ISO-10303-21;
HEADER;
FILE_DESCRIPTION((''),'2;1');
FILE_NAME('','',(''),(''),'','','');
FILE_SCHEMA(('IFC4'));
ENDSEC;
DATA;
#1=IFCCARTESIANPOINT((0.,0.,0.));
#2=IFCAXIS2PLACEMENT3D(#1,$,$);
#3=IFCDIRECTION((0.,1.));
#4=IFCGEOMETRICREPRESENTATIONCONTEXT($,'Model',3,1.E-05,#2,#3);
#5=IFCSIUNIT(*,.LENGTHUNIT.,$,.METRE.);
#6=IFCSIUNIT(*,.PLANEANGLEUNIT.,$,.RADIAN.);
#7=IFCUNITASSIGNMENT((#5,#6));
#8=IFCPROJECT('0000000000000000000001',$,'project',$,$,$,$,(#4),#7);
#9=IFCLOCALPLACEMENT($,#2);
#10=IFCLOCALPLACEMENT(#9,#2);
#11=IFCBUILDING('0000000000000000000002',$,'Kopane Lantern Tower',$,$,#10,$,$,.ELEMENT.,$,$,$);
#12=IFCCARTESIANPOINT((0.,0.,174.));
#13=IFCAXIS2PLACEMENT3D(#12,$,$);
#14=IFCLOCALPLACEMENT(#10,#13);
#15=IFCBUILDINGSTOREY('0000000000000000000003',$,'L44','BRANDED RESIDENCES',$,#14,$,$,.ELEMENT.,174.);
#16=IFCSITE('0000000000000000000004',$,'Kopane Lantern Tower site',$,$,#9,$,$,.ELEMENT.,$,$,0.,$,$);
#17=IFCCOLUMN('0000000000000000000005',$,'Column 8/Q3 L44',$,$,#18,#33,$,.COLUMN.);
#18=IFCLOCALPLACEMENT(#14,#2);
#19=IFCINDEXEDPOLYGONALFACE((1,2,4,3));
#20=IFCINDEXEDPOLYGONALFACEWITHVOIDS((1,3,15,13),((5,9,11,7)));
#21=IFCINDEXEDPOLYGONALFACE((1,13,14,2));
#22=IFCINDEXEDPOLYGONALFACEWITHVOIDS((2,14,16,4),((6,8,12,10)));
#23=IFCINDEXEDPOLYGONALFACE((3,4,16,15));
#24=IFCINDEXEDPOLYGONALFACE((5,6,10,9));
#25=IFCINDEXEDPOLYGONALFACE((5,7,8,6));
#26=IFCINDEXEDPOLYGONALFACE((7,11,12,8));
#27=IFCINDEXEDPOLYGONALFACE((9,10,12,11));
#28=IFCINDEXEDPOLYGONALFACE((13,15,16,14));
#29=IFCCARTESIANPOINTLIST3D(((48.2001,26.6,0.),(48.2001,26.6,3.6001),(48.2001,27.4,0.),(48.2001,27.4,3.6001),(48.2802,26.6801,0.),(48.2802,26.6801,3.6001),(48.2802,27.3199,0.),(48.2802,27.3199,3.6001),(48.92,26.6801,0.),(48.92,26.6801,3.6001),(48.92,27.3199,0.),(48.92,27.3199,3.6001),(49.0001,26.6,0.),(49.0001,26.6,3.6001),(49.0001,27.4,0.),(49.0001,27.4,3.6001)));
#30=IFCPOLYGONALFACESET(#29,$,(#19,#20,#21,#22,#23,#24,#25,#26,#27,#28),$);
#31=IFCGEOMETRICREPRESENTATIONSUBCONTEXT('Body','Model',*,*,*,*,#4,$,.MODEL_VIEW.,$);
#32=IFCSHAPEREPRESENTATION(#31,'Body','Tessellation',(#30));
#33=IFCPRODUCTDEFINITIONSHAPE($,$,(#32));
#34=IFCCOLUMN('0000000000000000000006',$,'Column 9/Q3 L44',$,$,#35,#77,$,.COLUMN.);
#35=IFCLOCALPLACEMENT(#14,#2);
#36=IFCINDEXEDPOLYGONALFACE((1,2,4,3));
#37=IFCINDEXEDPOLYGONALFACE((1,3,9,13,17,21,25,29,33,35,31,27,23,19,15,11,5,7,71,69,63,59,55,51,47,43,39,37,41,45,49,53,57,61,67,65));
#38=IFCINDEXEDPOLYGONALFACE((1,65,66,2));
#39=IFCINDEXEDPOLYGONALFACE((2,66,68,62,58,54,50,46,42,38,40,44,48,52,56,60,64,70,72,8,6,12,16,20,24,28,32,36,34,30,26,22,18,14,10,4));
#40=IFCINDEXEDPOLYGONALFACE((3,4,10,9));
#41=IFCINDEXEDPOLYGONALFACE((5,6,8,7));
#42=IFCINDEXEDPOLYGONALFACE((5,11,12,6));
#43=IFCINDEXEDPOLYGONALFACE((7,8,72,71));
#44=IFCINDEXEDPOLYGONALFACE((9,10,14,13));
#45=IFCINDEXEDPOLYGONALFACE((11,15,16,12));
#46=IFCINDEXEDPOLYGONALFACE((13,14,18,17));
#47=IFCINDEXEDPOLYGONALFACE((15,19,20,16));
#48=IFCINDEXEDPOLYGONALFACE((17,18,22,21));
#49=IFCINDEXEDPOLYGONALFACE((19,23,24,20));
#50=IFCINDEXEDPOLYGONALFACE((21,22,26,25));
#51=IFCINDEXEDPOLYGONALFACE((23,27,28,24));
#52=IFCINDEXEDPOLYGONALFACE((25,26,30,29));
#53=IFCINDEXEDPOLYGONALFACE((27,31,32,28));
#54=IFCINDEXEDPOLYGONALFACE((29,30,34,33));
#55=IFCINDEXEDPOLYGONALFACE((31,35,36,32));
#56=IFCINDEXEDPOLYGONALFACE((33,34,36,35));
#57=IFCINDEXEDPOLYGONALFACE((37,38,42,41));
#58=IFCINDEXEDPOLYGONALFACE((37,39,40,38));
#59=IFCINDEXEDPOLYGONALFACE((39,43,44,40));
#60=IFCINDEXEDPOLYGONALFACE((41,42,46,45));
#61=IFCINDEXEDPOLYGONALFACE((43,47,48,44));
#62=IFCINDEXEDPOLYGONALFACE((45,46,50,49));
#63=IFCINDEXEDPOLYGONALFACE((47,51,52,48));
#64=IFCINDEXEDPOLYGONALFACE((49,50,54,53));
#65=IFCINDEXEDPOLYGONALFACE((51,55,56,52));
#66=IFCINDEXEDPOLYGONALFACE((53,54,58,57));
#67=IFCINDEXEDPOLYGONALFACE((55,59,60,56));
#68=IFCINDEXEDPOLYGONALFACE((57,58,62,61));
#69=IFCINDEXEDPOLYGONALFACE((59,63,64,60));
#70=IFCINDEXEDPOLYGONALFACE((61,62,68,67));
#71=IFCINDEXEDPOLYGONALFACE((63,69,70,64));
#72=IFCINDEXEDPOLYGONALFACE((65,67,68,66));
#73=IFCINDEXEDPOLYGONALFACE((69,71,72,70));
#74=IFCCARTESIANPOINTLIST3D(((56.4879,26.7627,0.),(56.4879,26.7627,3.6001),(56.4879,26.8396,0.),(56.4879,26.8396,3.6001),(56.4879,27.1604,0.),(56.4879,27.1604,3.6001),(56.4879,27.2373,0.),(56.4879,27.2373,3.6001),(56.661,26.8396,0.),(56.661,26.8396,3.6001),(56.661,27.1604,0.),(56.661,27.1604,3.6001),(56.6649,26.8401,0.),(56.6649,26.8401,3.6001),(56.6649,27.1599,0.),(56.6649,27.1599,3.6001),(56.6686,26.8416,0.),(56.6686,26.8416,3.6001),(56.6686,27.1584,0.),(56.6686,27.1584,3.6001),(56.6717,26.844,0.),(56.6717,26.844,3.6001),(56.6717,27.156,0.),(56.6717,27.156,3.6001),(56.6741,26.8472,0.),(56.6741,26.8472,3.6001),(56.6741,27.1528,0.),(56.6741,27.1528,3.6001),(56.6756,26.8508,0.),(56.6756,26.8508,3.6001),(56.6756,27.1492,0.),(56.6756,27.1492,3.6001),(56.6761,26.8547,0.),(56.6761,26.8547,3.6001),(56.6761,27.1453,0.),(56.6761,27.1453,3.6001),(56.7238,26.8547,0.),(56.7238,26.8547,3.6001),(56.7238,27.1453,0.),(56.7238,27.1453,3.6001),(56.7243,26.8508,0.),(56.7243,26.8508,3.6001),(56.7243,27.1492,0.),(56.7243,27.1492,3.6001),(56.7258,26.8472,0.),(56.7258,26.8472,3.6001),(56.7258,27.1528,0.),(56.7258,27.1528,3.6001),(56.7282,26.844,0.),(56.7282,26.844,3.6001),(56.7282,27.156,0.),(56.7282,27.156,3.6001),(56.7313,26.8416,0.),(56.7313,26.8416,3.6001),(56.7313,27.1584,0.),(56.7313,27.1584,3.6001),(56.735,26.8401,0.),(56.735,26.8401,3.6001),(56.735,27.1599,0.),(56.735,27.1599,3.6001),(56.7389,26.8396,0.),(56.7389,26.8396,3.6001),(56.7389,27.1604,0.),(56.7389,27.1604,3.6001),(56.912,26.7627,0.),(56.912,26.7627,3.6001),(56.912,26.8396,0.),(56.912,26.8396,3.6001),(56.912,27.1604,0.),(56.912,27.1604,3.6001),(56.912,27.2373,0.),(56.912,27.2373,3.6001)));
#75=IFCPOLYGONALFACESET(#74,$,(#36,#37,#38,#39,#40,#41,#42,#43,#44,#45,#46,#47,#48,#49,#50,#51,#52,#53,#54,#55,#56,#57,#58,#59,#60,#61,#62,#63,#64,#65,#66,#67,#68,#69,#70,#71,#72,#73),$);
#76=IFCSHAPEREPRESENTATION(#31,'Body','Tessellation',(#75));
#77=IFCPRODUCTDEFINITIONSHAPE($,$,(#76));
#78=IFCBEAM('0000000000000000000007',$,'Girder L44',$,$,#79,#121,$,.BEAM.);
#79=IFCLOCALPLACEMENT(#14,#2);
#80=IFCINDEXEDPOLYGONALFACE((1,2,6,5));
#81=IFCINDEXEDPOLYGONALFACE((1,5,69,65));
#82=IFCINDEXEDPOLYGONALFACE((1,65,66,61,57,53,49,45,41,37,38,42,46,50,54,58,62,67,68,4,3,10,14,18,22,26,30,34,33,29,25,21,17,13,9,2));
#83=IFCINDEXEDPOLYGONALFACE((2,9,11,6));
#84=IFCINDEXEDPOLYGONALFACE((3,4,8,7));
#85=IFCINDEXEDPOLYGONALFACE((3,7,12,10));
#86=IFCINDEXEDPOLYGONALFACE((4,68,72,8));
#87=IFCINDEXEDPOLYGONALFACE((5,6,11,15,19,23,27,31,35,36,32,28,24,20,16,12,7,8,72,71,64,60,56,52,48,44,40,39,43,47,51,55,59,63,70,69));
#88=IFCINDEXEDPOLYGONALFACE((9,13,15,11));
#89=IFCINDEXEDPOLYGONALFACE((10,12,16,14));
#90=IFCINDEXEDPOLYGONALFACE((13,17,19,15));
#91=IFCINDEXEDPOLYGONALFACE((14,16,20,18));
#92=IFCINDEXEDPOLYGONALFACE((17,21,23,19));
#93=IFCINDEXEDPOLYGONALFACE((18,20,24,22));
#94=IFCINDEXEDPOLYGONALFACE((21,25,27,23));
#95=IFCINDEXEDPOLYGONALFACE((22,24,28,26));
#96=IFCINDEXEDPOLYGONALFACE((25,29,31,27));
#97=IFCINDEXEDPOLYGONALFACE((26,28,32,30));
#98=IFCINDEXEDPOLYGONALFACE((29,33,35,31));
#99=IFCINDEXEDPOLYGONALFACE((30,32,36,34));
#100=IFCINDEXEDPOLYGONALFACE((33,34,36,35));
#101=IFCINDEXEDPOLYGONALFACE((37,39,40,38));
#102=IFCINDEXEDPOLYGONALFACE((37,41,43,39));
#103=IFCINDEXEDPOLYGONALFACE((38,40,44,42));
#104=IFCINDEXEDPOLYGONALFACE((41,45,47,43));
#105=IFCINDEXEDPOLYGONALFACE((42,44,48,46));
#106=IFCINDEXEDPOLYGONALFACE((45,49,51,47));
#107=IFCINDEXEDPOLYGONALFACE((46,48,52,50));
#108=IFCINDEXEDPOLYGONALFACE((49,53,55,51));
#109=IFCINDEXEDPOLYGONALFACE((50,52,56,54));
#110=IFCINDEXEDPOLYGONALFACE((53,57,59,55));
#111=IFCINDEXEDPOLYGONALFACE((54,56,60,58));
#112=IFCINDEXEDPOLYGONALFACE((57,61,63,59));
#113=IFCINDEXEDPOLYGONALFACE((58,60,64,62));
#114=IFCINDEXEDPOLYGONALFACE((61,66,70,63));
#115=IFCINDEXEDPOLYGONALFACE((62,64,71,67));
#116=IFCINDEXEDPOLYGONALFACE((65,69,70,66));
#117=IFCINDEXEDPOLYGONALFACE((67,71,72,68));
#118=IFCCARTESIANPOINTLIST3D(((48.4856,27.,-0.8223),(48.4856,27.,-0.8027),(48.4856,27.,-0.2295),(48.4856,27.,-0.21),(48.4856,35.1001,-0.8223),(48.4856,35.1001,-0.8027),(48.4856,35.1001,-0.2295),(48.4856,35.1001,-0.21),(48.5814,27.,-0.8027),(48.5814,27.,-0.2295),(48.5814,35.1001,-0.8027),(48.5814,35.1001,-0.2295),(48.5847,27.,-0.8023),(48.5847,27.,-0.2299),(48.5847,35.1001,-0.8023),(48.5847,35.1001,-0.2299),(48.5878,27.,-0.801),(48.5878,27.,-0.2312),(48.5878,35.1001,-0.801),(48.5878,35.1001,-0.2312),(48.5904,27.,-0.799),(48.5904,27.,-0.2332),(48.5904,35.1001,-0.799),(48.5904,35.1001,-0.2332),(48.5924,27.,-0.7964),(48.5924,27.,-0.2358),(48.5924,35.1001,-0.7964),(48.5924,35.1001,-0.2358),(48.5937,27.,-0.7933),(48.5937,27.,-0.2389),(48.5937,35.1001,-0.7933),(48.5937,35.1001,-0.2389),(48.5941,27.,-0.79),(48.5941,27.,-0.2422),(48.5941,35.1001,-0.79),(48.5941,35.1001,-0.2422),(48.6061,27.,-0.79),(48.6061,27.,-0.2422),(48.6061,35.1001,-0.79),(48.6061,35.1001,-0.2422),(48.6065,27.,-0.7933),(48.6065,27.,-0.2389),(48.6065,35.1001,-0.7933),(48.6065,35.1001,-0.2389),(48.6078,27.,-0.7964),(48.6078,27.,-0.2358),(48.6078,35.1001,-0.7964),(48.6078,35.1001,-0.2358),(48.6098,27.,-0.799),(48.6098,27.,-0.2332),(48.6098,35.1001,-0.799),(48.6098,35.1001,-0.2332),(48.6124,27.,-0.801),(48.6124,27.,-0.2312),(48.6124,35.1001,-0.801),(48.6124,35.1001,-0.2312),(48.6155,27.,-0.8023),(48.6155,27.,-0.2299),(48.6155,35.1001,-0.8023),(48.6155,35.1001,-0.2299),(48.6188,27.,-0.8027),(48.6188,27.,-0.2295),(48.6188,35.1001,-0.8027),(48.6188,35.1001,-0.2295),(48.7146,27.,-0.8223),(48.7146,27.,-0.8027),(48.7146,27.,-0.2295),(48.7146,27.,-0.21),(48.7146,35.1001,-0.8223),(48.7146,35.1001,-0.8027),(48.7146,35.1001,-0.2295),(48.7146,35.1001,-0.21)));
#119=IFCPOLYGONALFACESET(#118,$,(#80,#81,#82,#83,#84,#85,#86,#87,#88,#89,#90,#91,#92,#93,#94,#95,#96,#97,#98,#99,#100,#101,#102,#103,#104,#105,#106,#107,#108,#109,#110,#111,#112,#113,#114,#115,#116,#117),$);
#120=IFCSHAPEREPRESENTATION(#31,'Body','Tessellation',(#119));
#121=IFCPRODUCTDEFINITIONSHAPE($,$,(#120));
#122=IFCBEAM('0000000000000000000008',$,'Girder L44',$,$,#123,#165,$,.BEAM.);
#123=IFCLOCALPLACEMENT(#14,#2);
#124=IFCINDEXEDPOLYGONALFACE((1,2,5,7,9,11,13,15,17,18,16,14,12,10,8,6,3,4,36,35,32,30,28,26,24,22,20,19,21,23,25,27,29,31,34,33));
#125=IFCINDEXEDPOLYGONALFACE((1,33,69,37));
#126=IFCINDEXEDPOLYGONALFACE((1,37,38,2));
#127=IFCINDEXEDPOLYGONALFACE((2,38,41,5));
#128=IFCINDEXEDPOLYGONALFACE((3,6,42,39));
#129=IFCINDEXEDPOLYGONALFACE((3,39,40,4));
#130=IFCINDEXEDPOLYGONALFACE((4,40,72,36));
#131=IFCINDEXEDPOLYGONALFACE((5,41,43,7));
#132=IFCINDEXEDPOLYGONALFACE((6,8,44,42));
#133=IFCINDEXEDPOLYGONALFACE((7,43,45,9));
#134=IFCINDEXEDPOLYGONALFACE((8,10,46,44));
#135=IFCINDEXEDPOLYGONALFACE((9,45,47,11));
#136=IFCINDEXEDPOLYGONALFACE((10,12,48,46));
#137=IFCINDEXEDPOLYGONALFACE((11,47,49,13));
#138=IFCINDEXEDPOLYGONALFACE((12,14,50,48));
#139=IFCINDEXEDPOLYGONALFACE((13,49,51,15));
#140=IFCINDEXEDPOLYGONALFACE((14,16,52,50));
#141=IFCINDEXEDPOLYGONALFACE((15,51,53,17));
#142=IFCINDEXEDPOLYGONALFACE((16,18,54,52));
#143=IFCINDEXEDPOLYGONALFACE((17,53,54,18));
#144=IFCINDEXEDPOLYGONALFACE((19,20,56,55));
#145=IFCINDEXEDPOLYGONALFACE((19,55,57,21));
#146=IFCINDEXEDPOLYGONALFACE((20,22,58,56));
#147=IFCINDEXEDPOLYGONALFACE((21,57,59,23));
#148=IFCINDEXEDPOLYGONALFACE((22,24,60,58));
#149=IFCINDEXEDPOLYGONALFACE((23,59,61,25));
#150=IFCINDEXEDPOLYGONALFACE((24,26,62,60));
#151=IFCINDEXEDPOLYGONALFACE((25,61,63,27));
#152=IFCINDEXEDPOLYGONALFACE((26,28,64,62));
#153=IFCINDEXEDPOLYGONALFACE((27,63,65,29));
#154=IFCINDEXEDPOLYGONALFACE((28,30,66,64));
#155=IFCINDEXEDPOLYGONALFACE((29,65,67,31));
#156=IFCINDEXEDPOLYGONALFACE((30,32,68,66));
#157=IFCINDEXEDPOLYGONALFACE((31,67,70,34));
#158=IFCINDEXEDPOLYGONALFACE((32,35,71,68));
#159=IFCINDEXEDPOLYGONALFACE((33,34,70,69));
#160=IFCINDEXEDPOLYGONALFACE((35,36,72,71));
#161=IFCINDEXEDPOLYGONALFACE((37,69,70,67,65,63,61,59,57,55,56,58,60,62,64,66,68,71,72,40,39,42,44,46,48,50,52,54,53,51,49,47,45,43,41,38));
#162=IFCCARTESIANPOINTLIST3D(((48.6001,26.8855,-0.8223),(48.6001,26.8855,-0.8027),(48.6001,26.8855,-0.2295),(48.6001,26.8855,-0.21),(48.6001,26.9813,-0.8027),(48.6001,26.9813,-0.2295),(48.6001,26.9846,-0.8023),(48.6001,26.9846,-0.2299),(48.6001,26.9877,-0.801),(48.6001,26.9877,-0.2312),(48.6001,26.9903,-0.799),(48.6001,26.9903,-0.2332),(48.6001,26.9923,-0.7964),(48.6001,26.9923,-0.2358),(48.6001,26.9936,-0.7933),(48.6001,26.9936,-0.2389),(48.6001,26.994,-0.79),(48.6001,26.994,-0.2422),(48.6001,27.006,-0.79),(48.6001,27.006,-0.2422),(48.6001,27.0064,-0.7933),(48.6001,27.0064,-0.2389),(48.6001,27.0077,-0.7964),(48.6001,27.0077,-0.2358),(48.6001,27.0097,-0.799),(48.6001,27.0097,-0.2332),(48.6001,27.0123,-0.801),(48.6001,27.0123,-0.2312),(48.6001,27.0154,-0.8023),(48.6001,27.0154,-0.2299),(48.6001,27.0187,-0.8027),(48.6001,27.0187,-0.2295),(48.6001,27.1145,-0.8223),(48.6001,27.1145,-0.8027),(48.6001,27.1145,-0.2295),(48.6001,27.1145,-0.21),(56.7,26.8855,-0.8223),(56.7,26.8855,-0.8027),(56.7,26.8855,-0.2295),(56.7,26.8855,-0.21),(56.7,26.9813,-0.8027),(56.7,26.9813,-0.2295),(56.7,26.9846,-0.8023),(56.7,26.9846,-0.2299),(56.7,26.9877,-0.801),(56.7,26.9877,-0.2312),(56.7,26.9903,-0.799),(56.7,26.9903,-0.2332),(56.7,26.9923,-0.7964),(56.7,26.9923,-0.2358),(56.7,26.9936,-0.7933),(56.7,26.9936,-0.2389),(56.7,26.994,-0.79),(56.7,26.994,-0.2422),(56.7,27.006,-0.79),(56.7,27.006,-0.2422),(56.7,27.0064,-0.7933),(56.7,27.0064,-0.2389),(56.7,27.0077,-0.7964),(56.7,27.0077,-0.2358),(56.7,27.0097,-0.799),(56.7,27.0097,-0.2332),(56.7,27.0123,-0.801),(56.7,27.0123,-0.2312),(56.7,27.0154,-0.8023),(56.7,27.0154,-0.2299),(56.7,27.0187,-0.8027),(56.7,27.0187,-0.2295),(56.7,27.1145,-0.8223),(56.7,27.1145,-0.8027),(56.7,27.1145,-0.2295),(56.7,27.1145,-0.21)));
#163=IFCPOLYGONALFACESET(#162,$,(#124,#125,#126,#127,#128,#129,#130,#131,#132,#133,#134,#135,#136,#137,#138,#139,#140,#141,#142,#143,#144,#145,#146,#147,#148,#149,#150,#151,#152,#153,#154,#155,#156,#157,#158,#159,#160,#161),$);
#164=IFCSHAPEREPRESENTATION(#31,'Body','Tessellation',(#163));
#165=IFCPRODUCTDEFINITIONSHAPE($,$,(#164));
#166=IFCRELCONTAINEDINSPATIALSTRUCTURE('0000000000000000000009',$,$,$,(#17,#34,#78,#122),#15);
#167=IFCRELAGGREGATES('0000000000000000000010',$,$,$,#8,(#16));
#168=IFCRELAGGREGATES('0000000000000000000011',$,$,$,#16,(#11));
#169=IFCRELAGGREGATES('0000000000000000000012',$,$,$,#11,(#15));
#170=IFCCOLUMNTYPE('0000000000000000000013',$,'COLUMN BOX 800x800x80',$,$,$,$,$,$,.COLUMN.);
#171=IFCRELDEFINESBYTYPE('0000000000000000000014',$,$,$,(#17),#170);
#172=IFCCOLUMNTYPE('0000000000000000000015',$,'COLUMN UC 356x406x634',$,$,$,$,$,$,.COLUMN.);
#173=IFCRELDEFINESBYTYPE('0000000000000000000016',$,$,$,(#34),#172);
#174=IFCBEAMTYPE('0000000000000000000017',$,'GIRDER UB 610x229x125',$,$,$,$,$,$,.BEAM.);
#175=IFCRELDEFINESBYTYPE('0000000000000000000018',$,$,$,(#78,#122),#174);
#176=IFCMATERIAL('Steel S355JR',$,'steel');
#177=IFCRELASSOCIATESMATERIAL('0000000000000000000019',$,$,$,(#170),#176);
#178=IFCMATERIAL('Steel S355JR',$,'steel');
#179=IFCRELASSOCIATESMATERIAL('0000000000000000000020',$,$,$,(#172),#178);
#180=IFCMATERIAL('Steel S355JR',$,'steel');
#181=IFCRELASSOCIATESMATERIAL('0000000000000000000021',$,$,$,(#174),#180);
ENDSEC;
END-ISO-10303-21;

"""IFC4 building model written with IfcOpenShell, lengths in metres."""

from ifc_helpers import new_model, si_unit, direction, frame, origin, origin_2d, place, context, subcontext, project, spatial, hollow_rectangle, i_section, extrude, material, material_profile, profile_set, type_object, element, save


model = new_model("IFC4")

# Units and contexts
model_context = context("Model", 3, precision=1e-05, world=origin(), true_north=direction((0.0, 1.0)))
body_context = subcontext(model_context, "Body", "Model", "MODEL_VIEW")
ifc_project = project(units=[si_unit("LENGTHUNIT", "METRE"), si_unit("PLANEANGLEUNIT", "RADIAN")], contexts=[model_context])

# Site, building, storey
site_placement = place(None, origin())
site = spatial("IfcSite", under=ifc_project, at=site_placement, Name="Kopane Lantern Tower site", CompositionType="ELEMENT", RefElevation=0.0)
building_placement = place(site_placement, origin())
building = spatial("IfcBuilding", under=site, at=building_placement, Name="Kopane Lantern Tower", CompositionType="ELEMENT")
storey_placement = place(building_placement, frame((0.0, 0.0, 174.0)))
storey = spatial("IfcBuildingStorey", under=building, at=storey_placement, Name="L44", Description="BRANDED RESIDENCES", CompositionType="ELEMENT", Elevation=174.0)

# Columns
ifc_material_1 = material(Name="Steel S355JR", Category="steel")
ifc_material_profile_1 = material_profile(ifc_material_1, hollow_rectangle(XDim=0.8, YDim=0.8, WallThickness=0.0801, at=origin_2d()), Name="BOX 800x800x80")
ifc_profile_set_1 = profile_set([ifc_material_profile_1], Name="Steel S355JR")
column_type_1 = type_object("IfcColumnType", Name="COLUMN BOX 800x800x80", PredefinedType="COLUMN", material=ifc_profile_set_1)
column_1_placement = place(storey_placement, frame((48.6001, 27.0, 0.0), z_axis=(0.0, 0.0, 1.0), x_axis=(1.0, 0.0, 0.0)))
element("IfcColumn", 1, at=column_1_placement, inside=storey, type_object=column_type_1, Name="Column 8/Q3 L44", PredefinedType="COLUMN", context=body_context, shape_type="SweptSolid", body=[
    extrude(hollow_rectangle(XDim=0.8, YDim=0.8, WallThickness=0.0801, at=origin_2d()), origin(), (0.0, 0.0, 1.0), 3.6001),
])
ifc_material_2 = material(Name="Steel S355JR", Category="steel")
ifc_material_profile_2 = material_profile(ifc_material_2, i_section(OverallWidth=0.4241, OverallDepth=0.4746, WebThickness=0.0476, FlangeThickness=0.0769, FilletRadius=0.0151, at=origin_2d()), Name="UC 356x406x634")
ifc_profile_set_2 = profile_set([ifc_material_profile_2], Name="Steel S355JR")
column_type_2 = type_object("IfcColumnType", Name="COLUMN UC 356x406x634", PredefinedType="COLUMN", material=ifc_profile_set_2)
column_2_placement = place(storey_placement, frame((56.7, 27.0, 0.0), z_axis=(0.0, 0.0, 1.0), x_axis=(1.0, 0.0, 0.0)))
element("IfcColumn", 2, at=column_2_placement, inside=storey, type_object=column_type_2, Name="Column 9/Q3 L44", PredefinedType="COLUMN", context=body_context, shape_type="SweptSolid", body=[
    extrude(i_section(OverallWidth=0.4241, OverallDepth=0.4746, WebThickness=0.0476, FlangeThickness=0.0769, FilletRadius=0.0151, at=origin_2d()), origin(), (0.0, 0.0, 1.0), 3.6001),
])

# Beams
ifc_material_3 = material(Name="Steel S355JR", Category="steel")
ifc_material_profile_3 = material_profile(ifc_material_3, i_section(OverallWidth=0.229, OverallDepth=0.6123, WebThickness=0.012, FlangeThickness=0.0195, FilletRadius=0.0127, at=origin_2d()), Name="UB 610x229x125")
ifc_profile_set_3 = profile_set([ifc_material_profile_3], Name="Steel S355JR")
beam_type = type_object("IfcBeamType", Name="GIRDER UB 610x229x125", PredefinedType="BEAM", material=ifc_profile_set_3)
beam_1_placement = place(storey_placement, frame((48.6001, 27.0, -0.5161), z_axis=(0.0, 1.0, 0.0), x_axis=(-1.0, 0.0, 0.0)))
element("IfcBeam", 3, at=beam_1_placement, inside=storey, type_object=beam_type, Name="Girder L44", PredefinedType="BEAM", context=body_context, shape_type="SweptSolid", body=[
    extrude(i_section(OverallWidth=0.229, OverallDepth=0.6123, WebThickness=0.012, FlangeThickness=0.0195, FilletRadius=0.0127, at=origin_2d()), origin(), (0.0, 0.0, 1.0), 8.1001),
])
beam_2_placement = place(storey_placement, frame((48.6001, 27.0, -0.5161), z_axis=(1.0, 0.0, 0.0), x_axis=(0.0, 1.0, 0.0)))
element("IfcBeam", 4, at=beam_2_placement, inside=storey, type_object=beam_type, Name="Girder L44", PredefinedType="BEAM", context=body_context, shape_type="SweptSolid", body=[
    extrude(i_section(OverallWidth=0.229, OverallDepth=0.6123, WebThickness=0.012, FlangeThickness=0.0195, FilletRadius=0.0127, at=origin_2d()), origin(), (0.0, 0.0, 1.0), 8.0999),
])

save(model, "model.ifc")
